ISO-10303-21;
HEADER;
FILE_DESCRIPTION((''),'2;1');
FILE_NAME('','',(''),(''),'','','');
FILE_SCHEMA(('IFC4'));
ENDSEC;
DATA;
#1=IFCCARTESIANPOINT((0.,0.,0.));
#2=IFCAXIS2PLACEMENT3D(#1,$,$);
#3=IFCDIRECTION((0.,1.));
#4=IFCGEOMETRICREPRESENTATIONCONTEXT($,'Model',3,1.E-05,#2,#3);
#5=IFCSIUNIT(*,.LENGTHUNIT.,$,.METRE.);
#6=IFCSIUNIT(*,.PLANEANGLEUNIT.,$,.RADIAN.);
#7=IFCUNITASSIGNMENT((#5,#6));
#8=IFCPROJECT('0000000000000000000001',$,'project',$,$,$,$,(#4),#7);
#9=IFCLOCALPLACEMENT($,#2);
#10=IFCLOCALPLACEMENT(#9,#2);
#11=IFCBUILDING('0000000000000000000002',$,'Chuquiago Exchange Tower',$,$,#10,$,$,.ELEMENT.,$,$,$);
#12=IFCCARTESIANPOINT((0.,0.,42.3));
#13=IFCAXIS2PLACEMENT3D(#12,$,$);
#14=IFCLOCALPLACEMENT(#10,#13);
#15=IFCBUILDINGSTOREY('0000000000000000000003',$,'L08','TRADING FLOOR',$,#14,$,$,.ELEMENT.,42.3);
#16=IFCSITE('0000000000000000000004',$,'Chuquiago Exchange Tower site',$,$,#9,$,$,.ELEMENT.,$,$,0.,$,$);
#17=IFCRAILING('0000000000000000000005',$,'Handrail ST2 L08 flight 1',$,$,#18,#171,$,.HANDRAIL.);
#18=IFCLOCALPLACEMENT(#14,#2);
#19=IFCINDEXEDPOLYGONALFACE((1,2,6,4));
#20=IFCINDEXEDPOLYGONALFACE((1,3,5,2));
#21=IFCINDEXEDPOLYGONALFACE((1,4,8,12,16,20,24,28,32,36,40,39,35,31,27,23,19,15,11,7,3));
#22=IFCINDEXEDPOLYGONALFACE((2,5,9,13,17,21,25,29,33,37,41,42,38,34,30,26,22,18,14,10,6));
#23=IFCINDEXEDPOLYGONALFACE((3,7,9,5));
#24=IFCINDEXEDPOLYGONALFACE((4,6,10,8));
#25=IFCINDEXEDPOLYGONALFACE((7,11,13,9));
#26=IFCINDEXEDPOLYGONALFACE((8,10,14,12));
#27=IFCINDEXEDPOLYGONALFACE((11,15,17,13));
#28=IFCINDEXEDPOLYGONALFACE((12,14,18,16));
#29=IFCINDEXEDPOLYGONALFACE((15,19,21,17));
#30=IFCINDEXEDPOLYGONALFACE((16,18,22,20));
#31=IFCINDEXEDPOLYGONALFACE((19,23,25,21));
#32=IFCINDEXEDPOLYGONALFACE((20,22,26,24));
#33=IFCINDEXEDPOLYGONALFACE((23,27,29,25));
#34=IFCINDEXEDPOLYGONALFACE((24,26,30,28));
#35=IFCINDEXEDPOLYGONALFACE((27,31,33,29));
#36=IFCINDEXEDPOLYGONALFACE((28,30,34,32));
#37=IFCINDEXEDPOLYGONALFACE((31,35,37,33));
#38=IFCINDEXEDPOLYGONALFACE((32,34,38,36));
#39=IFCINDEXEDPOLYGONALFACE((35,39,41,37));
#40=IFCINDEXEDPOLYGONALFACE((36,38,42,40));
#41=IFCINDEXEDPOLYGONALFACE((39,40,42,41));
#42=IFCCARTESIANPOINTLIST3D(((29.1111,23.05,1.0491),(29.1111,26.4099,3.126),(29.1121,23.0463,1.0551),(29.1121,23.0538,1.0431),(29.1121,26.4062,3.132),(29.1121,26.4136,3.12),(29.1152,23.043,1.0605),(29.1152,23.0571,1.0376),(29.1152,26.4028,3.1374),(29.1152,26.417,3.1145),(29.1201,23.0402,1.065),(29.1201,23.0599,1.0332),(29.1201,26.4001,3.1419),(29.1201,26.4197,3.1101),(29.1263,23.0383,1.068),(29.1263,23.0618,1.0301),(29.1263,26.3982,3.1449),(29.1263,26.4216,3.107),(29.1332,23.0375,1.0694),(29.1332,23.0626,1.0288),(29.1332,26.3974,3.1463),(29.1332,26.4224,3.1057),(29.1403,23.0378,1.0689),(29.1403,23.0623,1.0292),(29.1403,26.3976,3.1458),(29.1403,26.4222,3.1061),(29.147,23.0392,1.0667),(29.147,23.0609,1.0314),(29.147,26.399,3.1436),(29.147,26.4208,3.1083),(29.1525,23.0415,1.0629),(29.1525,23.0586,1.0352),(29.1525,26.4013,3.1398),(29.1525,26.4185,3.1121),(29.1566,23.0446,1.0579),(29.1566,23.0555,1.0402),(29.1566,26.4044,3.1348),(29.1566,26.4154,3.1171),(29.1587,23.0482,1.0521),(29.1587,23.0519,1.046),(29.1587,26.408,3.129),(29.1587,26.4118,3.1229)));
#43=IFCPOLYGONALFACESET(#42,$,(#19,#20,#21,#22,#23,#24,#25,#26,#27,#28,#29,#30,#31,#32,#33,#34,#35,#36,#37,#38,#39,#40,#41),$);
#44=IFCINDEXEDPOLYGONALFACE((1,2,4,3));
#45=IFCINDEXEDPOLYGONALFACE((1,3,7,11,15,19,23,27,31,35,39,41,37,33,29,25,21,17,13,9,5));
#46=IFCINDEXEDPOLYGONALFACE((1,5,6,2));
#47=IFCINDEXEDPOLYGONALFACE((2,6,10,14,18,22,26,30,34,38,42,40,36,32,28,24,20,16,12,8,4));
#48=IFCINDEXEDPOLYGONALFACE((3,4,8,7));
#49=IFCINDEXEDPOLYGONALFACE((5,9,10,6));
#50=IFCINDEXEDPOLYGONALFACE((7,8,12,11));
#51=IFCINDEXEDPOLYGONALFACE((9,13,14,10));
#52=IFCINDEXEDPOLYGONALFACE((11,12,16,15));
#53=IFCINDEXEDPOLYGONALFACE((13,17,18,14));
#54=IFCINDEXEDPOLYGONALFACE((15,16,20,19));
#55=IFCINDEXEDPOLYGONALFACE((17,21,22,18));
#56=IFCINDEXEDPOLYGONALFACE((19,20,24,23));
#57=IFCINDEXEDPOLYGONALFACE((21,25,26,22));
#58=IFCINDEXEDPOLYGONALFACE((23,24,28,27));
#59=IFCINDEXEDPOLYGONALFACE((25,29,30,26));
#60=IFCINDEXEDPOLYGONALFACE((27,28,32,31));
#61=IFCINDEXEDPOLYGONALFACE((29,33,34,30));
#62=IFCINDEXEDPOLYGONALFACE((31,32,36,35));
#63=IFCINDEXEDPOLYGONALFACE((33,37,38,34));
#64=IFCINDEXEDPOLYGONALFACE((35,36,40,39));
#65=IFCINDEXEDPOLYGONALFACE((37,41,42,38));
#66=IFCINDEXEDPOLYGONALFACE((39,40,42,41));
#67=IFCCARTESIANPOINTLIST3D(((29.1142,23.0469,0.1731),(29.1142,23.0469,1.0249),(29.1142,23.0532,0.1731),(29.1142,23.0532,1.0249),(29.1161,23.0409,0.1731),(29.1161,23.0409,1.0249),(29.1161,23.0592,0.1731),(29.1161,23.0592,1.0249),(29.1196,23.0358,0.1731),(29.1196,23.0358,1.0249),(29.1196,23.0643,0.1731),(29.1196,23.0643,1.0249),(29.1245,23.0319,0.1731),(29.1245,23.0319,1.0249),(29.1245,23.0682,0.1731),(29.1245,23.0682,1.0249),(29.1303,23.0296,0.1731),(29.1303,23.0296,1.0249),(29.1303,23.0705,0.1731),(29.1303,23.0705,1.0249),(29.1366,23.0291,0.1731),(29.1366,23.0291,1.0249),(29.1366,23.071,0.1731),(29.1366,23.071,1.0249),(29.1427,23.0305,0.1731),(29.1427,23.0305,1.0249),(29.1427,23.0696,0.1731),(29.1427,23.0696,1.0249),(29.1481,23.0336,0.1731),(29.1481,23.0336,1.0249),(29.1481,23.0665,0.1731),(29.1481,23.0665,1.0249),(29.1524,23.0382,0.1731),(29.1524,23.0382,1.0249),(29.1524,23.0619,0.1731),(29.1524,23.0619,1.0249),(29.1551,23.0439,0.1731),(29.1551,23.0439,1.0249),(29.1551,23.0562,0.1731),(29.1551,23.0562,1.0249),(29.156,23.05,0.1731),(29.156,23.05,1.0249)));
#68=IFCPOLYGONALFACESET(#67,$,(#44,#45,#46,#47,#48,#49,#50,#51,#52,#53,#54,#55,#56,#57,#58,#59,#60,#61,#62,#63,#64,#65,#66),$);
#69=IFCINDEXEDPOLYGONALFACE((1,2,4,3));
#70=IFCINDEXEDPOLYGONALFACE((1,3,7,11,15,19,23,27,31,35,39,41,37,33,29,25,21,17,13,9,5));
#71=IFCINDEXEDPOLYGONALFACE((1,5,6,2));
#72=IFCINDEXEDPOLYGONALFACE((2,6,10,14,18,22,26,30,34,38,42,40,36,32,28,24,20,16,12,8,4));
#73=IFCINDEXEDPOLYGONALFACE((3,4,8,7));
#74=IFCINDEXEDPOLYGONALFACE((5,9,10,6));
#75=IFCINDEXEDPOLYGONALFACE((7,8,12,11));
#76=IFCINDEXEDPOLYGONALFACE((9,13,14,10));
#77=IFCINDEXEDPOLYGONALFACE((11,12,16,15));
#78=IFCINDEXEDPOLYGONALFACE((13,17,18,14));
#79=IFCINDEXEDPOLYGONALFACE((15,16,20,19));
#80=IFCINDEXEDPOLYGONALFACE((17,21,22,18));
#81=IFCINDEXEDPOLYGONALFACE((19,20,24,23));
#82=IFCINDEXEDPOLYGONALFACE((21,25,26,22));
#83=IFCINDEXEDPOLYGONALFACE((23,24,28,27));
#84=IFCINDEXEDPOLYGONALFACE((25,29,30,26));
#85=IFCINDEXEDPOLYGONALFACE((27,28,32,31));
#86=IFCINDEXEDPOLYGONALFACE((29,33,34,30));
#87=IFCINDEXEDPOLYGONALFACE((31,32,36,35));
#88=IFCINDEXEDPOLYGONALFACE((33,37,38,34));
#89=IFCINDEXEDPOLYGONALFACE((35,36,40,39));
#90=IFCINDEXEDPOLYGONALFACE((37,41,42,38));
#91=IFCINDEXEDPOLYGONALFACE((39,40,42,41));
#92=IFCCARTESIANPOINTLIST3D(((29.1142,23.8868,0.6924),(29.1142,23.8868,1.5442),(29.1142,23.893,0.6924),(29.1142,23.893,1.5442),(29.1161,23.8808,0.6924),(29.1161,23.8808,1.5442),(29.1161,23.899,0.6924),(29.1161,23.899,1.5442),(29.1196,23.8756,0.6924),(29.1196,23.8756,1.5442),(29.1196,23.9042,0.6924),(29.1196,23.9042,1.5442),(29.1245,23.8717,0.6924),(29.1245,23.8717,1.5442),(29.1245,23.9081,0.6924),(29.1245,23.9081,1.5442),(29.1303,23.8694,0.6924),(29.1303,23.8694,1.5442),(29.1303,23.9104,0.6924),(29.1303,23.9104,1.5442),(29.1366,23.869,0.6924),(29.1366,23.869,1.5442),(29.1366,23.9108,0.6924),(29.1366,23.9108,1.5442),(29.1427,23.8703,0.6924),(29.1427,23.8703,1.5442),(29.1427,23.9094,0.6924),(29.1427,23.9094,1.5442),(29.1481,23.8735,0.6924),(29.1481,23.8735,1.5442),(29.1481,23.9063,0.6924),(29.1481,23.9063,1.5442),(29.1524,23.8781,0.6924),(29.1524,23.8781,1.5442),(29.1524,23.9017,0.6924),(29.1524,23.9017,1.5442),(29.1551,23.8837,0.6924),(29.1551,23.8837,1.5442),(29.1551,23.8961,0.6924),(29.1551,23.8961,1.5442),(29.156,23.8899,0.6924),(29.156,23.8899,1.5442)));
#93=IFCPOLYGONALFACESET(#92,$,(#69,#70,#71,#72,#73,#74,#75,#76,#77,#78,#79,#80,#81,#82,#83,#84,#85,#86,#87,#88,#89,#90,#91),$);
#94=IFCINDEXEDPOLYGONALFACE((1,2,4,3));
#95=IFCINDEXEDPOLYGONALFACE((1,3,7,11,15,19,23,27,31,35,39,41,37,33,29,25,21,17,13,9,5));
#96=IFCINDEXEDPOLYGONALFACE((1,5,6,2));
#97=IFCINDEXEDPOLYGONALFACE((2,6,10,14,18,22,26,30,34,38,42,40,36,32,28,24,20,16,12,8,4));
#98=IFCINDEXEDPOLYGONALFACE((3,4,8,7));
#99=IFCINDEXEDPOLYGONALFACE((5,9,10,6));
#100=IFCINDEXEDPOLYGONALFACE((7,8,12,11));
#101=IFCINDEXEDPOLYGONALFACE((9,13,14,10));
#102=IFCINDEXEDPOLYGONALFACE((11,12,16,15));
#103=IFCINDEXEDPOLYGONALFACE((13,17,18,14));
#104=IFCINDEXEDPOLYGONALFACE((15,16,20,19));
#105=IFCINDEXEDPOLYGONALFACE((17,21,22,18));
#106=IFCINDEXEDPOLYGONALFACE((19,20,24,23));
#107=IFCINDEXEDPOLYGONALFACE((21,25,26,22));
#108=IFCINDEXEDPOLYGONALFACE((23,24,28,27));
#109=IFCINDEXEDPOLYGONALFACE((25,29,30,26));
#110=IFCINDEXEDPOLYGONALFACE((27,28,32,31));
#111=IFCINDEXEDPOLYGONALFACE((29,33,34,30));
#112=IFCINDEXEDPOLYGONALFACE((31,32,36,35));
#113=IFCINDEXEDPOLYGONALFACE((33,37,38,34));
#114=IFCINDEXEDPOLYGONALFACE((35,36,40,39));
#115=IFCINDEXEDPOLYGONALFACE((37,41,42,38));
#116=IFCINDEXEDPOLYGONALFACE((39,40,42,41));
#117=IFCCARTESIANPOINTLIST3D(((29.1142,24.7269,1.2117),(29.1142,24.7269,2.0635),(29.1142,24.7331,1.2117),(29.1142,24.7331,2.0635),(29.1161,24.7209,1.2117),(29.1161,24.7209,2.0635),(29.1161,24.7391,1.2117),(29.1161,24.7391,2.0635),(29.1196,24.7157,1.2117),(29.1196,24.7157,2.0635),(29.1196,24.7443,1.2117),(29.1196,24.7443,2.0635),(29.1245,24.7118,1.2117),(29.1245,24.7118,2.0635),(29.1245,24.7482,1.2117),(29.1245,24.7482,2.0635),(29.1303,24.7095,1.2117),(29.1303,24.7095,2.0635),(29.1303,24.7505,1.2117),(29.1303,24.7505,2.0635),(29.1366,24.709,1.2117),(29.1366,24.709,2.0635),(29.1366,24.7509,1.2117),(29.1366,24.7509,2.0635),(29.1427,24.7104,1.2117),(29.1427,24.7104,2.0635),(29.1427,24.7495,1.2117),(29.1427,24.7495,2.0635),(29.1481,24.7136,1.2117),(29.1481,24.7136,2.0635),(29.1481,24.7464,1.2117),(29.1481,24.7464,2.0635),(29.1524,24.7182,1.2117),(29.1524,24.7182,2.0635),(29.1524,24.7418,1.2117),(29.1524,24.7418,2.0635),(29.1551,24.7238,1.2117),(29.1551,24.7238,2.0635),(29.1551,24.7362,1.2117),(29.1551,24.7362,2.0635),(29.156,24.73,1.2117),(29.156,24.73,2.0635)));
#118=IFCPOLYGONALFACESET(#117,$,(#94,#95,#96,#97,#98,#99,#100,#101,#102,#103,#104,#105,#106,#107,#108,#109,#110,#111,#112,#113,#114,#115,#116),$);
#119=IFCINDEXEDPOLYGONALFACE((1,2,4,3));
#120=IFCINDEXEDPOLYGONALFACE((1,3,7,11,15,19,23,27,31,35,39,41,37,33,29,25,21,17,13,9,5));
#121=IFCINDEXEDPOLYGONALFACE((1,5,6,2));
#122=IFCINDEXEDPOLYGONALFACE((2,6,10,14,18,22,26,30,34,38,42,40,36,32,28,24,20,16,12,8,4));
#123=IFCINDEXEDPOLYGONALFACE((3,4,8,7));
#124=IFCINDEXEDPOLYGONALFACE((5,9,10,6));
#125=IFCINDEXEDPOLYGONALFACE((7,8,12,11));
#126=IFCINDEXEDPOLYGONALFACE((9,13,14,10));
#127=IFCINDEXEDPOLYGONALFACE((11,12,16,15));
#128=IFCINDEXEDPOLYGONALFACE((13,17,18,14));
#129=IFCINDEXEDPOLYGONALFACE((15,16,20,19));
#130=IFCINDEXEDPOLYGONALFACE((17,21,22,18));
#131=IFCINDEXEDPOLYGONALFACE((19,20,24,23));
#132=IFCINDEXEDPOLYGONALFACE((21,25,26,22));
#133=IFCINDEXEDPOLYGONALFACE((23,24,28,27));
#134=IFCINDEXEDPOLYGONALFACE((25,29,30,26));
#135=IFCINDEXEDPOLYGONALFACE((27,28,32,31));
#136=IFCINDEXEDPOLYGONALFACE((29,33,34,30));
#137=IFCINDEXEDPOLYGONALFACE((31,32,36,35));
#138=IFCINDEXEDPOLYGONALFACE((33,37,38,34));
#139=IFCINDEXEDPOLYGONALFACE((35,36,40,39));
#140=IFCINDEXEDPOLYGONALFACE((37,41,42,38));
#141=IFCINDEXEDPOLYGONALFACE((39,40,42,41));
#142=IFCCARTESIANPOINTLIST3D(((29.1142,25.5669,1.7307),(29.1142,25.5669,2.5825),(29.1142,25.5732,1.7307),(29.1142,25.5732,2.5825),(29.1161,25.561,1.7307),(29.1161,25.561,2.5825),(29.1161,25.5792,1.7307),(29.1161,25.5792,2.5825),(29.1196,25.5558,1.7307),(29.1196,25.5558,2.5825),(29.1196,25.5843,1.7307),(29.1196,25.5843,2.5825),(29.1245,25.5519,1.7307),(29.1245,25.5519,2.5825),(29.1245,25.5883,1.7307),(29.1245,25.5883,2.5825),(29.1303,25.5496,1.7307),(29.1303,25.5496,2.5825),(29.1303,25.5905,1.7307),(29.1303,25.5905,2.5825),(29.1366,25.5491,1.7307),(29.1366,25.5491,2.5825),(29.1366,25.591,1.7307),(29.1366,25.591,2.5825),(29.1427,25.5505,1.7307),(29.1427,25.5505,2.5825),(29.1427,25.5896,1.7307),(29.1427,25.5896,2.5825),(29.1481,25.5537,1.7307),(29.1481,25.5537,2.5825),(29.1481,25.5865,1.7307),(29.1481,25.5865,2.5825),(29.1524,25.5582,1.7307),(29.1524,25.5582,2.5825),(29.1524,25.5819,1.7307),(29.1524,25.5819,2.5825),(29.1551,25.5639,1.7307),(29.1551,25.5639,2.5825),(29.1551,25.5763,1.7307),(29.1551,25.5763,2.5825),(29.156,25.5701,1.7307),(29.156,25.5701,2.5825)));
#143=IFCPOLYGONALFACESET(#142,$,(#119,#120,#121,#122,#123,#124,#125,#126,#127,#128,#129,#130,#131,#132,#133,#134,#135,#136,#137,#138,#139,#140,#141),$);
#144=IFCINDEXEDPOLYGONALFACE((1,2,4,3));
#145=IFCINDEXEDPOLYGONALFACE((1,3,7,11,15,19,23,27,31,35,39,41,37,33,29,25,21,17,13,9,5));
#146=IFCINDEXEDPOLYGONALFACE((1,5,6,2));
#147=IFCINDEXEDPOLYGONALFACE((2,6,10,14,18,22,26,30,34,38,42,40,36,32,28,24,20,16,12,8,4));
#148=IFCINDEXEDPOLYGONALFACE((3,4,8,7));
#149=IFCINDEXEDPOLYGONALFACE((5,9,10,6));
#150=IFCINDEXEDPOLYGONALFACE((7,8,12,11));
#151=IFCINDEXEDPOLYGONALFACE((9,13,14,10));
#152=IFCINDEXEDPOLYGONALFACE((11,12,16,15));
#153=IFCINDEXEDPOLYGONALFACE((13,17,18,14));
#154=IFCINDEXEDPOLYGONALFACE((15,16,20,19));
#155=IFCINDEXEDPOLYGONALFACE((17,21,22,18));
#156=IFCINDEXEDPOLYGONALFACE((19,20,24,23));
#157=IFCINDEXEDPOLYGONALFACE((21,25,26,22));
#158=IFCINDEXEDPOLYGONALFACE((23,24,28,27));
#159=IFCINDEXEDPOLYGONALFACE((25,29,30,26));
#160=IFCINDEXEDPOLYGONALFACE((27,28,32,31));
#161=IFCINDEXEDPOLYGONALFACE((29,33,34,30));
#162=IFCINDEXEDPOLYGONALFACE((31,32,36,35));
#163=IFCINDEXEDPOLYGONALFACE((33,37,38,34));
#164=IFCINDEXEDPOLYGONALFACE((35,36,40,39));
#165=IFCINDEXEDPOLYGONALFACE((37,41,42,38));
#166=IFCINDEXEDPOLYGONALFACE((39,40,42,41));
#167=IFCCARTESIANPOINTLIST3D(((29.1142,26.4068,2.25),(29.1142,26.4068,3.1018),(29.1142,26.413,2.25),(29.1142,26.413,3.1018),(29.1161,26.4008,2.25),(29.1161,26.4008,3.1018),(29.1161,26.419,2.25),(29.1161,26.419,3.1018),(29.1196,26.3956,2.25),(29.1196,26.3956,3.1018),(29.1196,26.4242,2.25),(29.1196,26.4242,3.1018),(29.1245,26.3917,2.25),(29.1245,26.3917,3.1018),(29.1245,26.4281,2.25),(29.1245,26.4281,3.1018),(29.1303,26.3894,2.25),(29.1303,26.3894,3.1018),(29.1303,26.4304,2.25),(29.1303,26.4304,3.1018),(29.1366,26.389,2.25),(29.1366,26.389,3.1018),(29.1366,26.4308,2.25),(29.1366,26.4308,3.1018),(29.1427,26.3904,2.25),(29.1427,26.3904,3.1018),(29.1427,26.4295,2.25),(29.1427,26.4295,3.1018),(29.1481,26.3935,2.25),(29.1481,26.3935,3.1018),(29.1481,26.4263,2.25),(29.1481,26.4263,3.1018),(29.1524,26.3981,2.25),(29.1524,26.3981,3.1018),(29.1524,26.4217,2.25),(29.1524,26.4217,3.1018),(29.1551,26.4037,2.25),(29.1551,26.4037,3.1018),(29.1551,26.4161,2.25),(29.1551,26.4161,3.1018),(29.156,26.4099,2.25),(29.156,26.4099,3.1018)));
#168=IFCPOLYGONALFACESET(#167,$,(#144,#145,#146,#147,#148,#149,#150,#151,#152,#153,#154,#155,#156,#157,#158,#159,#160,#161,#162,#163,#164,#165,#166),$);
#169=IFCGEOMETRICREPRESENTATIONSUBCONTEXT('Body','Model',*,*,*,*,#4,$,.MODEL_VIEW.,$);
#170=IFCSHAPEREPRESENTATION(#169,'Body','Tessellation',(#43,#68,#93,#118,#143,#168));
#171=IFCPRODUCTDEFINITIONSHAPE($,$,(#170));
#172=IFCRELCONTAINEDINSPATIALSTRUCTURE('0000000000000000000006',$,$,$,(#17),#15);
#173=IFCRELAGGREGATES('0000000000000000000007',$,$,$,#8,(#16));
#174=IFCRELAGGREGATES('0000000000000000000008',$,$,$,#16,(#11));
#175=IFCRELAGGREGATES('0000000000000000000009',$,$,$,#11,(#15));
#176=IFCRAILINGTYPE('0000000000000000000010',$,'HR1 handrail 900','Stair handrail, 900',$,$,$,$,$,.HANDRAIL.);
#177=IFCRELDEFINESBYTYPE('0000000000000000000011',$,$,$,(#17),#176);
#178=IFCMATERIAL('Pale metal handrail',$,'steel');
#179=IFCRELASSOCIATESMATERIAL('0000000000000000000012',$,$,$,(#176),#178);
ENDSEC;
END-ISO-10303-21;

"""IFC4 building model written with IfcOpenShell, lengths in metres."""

from ifc_helpers import new_model, si_unit, direction, frame, origin, origin_2d, place, context, subcontext, project, spatial, circle, extrude, material, type_object, element, save


model = new_model("IFC4")

# Units and contexts
model_context = context("Model", 3, precision=1e-05, world=origin(), true_north=direction((0.0, 1.0)))
body_context = subcontext(model_context, "Body", "Model", "MODEL_VIEW")
ifc_project = project(units=[si_unit("LENGTHUNIT", "METRE"), si_unit("PLANEANGLEUNIT", "RADIAN")], contexts=[model_context])

# Site, building, storey
site_placement = place(None, origin())
site = spatial("IfcSite", under=ifc_project, at=site_placement, Name="Chuquiago Exchange Tower site", CompositionType="ELEMENT", RefElevation=0.0)
building_placement = place(site_placement, origin())
building = spatial("IfcBuilding", under=site, at=building_placement, Name="Chuquiago Exchange Tower", CompositionType="ELEMENT")
storey_placement = place(building_placement, frame((0.0, 0.0, 42.3)))
storey = spatial("IfcBuildingStorey", under=building, at=storey_placement, Name="L08", Description="TRADING FLOOR", CompositionType="ELEMENT", Elevation=42.3)

# Railing
ifc_material_1 = material(Name="Pale metal handrail", Category="steel")
railing_type_1 = type_object("IfcRailingType", Name="HR1 handrail 900", Description="Stair handrail, 900", PredefinedType="HANDRAIL", material=ifc_material_1)
for number, where, name in (
    (1, (29.135, 23.05, 0.1731), "Handrail ST2 L08 flight 1"),
):
    element("IfcRailing", number, at=place(storey_placement, frame(where)), inside=storey, type_object=railing_type_1, Name=name, PredefinedType="HANDRAIL", context=body_context, shape_type="SweptSolid", body=[
        extrude(circle(Radius=0.0239, at=origin_2d()), frame((0.0, 0.0, 0.876), z_axis=(0.0, 0.850606, 0.525803), x_axis=(-1.0, 0.0, 0.0)), (0.0, 0.0, 1.0), 3.95),
        extrude(circle(Radius=0.021, at=origin_2d()), origin(), (0.0, 0.0, 1.0), 0.8518),
        extrude(circle(Radius=0.021, at=origin_2d()), frame((0.0, 0.8398, 0.5193)), (0.0, 0.0, 1.0), 0.8518),
        extrude(circle(Radius=0.021, at=origin_2d()), frame((0.0, 1.6799, 1.0386)), (0.0, 0.0, 1.0), 0.8518),
        extrude(circle(Radius=0.021, at=origin_2d()), frame((0.0, 2.52, 1.5576)), (0.0, 0.0, 1.0), 0.8518),
        extrude(circle(Radius=0.021, at=origin_2d()), frame((0.0, 3.3599, 2.0769)), (0.0, 0.0, 1.0), 0.8518),
    ])

save(model, "model.ifc")
